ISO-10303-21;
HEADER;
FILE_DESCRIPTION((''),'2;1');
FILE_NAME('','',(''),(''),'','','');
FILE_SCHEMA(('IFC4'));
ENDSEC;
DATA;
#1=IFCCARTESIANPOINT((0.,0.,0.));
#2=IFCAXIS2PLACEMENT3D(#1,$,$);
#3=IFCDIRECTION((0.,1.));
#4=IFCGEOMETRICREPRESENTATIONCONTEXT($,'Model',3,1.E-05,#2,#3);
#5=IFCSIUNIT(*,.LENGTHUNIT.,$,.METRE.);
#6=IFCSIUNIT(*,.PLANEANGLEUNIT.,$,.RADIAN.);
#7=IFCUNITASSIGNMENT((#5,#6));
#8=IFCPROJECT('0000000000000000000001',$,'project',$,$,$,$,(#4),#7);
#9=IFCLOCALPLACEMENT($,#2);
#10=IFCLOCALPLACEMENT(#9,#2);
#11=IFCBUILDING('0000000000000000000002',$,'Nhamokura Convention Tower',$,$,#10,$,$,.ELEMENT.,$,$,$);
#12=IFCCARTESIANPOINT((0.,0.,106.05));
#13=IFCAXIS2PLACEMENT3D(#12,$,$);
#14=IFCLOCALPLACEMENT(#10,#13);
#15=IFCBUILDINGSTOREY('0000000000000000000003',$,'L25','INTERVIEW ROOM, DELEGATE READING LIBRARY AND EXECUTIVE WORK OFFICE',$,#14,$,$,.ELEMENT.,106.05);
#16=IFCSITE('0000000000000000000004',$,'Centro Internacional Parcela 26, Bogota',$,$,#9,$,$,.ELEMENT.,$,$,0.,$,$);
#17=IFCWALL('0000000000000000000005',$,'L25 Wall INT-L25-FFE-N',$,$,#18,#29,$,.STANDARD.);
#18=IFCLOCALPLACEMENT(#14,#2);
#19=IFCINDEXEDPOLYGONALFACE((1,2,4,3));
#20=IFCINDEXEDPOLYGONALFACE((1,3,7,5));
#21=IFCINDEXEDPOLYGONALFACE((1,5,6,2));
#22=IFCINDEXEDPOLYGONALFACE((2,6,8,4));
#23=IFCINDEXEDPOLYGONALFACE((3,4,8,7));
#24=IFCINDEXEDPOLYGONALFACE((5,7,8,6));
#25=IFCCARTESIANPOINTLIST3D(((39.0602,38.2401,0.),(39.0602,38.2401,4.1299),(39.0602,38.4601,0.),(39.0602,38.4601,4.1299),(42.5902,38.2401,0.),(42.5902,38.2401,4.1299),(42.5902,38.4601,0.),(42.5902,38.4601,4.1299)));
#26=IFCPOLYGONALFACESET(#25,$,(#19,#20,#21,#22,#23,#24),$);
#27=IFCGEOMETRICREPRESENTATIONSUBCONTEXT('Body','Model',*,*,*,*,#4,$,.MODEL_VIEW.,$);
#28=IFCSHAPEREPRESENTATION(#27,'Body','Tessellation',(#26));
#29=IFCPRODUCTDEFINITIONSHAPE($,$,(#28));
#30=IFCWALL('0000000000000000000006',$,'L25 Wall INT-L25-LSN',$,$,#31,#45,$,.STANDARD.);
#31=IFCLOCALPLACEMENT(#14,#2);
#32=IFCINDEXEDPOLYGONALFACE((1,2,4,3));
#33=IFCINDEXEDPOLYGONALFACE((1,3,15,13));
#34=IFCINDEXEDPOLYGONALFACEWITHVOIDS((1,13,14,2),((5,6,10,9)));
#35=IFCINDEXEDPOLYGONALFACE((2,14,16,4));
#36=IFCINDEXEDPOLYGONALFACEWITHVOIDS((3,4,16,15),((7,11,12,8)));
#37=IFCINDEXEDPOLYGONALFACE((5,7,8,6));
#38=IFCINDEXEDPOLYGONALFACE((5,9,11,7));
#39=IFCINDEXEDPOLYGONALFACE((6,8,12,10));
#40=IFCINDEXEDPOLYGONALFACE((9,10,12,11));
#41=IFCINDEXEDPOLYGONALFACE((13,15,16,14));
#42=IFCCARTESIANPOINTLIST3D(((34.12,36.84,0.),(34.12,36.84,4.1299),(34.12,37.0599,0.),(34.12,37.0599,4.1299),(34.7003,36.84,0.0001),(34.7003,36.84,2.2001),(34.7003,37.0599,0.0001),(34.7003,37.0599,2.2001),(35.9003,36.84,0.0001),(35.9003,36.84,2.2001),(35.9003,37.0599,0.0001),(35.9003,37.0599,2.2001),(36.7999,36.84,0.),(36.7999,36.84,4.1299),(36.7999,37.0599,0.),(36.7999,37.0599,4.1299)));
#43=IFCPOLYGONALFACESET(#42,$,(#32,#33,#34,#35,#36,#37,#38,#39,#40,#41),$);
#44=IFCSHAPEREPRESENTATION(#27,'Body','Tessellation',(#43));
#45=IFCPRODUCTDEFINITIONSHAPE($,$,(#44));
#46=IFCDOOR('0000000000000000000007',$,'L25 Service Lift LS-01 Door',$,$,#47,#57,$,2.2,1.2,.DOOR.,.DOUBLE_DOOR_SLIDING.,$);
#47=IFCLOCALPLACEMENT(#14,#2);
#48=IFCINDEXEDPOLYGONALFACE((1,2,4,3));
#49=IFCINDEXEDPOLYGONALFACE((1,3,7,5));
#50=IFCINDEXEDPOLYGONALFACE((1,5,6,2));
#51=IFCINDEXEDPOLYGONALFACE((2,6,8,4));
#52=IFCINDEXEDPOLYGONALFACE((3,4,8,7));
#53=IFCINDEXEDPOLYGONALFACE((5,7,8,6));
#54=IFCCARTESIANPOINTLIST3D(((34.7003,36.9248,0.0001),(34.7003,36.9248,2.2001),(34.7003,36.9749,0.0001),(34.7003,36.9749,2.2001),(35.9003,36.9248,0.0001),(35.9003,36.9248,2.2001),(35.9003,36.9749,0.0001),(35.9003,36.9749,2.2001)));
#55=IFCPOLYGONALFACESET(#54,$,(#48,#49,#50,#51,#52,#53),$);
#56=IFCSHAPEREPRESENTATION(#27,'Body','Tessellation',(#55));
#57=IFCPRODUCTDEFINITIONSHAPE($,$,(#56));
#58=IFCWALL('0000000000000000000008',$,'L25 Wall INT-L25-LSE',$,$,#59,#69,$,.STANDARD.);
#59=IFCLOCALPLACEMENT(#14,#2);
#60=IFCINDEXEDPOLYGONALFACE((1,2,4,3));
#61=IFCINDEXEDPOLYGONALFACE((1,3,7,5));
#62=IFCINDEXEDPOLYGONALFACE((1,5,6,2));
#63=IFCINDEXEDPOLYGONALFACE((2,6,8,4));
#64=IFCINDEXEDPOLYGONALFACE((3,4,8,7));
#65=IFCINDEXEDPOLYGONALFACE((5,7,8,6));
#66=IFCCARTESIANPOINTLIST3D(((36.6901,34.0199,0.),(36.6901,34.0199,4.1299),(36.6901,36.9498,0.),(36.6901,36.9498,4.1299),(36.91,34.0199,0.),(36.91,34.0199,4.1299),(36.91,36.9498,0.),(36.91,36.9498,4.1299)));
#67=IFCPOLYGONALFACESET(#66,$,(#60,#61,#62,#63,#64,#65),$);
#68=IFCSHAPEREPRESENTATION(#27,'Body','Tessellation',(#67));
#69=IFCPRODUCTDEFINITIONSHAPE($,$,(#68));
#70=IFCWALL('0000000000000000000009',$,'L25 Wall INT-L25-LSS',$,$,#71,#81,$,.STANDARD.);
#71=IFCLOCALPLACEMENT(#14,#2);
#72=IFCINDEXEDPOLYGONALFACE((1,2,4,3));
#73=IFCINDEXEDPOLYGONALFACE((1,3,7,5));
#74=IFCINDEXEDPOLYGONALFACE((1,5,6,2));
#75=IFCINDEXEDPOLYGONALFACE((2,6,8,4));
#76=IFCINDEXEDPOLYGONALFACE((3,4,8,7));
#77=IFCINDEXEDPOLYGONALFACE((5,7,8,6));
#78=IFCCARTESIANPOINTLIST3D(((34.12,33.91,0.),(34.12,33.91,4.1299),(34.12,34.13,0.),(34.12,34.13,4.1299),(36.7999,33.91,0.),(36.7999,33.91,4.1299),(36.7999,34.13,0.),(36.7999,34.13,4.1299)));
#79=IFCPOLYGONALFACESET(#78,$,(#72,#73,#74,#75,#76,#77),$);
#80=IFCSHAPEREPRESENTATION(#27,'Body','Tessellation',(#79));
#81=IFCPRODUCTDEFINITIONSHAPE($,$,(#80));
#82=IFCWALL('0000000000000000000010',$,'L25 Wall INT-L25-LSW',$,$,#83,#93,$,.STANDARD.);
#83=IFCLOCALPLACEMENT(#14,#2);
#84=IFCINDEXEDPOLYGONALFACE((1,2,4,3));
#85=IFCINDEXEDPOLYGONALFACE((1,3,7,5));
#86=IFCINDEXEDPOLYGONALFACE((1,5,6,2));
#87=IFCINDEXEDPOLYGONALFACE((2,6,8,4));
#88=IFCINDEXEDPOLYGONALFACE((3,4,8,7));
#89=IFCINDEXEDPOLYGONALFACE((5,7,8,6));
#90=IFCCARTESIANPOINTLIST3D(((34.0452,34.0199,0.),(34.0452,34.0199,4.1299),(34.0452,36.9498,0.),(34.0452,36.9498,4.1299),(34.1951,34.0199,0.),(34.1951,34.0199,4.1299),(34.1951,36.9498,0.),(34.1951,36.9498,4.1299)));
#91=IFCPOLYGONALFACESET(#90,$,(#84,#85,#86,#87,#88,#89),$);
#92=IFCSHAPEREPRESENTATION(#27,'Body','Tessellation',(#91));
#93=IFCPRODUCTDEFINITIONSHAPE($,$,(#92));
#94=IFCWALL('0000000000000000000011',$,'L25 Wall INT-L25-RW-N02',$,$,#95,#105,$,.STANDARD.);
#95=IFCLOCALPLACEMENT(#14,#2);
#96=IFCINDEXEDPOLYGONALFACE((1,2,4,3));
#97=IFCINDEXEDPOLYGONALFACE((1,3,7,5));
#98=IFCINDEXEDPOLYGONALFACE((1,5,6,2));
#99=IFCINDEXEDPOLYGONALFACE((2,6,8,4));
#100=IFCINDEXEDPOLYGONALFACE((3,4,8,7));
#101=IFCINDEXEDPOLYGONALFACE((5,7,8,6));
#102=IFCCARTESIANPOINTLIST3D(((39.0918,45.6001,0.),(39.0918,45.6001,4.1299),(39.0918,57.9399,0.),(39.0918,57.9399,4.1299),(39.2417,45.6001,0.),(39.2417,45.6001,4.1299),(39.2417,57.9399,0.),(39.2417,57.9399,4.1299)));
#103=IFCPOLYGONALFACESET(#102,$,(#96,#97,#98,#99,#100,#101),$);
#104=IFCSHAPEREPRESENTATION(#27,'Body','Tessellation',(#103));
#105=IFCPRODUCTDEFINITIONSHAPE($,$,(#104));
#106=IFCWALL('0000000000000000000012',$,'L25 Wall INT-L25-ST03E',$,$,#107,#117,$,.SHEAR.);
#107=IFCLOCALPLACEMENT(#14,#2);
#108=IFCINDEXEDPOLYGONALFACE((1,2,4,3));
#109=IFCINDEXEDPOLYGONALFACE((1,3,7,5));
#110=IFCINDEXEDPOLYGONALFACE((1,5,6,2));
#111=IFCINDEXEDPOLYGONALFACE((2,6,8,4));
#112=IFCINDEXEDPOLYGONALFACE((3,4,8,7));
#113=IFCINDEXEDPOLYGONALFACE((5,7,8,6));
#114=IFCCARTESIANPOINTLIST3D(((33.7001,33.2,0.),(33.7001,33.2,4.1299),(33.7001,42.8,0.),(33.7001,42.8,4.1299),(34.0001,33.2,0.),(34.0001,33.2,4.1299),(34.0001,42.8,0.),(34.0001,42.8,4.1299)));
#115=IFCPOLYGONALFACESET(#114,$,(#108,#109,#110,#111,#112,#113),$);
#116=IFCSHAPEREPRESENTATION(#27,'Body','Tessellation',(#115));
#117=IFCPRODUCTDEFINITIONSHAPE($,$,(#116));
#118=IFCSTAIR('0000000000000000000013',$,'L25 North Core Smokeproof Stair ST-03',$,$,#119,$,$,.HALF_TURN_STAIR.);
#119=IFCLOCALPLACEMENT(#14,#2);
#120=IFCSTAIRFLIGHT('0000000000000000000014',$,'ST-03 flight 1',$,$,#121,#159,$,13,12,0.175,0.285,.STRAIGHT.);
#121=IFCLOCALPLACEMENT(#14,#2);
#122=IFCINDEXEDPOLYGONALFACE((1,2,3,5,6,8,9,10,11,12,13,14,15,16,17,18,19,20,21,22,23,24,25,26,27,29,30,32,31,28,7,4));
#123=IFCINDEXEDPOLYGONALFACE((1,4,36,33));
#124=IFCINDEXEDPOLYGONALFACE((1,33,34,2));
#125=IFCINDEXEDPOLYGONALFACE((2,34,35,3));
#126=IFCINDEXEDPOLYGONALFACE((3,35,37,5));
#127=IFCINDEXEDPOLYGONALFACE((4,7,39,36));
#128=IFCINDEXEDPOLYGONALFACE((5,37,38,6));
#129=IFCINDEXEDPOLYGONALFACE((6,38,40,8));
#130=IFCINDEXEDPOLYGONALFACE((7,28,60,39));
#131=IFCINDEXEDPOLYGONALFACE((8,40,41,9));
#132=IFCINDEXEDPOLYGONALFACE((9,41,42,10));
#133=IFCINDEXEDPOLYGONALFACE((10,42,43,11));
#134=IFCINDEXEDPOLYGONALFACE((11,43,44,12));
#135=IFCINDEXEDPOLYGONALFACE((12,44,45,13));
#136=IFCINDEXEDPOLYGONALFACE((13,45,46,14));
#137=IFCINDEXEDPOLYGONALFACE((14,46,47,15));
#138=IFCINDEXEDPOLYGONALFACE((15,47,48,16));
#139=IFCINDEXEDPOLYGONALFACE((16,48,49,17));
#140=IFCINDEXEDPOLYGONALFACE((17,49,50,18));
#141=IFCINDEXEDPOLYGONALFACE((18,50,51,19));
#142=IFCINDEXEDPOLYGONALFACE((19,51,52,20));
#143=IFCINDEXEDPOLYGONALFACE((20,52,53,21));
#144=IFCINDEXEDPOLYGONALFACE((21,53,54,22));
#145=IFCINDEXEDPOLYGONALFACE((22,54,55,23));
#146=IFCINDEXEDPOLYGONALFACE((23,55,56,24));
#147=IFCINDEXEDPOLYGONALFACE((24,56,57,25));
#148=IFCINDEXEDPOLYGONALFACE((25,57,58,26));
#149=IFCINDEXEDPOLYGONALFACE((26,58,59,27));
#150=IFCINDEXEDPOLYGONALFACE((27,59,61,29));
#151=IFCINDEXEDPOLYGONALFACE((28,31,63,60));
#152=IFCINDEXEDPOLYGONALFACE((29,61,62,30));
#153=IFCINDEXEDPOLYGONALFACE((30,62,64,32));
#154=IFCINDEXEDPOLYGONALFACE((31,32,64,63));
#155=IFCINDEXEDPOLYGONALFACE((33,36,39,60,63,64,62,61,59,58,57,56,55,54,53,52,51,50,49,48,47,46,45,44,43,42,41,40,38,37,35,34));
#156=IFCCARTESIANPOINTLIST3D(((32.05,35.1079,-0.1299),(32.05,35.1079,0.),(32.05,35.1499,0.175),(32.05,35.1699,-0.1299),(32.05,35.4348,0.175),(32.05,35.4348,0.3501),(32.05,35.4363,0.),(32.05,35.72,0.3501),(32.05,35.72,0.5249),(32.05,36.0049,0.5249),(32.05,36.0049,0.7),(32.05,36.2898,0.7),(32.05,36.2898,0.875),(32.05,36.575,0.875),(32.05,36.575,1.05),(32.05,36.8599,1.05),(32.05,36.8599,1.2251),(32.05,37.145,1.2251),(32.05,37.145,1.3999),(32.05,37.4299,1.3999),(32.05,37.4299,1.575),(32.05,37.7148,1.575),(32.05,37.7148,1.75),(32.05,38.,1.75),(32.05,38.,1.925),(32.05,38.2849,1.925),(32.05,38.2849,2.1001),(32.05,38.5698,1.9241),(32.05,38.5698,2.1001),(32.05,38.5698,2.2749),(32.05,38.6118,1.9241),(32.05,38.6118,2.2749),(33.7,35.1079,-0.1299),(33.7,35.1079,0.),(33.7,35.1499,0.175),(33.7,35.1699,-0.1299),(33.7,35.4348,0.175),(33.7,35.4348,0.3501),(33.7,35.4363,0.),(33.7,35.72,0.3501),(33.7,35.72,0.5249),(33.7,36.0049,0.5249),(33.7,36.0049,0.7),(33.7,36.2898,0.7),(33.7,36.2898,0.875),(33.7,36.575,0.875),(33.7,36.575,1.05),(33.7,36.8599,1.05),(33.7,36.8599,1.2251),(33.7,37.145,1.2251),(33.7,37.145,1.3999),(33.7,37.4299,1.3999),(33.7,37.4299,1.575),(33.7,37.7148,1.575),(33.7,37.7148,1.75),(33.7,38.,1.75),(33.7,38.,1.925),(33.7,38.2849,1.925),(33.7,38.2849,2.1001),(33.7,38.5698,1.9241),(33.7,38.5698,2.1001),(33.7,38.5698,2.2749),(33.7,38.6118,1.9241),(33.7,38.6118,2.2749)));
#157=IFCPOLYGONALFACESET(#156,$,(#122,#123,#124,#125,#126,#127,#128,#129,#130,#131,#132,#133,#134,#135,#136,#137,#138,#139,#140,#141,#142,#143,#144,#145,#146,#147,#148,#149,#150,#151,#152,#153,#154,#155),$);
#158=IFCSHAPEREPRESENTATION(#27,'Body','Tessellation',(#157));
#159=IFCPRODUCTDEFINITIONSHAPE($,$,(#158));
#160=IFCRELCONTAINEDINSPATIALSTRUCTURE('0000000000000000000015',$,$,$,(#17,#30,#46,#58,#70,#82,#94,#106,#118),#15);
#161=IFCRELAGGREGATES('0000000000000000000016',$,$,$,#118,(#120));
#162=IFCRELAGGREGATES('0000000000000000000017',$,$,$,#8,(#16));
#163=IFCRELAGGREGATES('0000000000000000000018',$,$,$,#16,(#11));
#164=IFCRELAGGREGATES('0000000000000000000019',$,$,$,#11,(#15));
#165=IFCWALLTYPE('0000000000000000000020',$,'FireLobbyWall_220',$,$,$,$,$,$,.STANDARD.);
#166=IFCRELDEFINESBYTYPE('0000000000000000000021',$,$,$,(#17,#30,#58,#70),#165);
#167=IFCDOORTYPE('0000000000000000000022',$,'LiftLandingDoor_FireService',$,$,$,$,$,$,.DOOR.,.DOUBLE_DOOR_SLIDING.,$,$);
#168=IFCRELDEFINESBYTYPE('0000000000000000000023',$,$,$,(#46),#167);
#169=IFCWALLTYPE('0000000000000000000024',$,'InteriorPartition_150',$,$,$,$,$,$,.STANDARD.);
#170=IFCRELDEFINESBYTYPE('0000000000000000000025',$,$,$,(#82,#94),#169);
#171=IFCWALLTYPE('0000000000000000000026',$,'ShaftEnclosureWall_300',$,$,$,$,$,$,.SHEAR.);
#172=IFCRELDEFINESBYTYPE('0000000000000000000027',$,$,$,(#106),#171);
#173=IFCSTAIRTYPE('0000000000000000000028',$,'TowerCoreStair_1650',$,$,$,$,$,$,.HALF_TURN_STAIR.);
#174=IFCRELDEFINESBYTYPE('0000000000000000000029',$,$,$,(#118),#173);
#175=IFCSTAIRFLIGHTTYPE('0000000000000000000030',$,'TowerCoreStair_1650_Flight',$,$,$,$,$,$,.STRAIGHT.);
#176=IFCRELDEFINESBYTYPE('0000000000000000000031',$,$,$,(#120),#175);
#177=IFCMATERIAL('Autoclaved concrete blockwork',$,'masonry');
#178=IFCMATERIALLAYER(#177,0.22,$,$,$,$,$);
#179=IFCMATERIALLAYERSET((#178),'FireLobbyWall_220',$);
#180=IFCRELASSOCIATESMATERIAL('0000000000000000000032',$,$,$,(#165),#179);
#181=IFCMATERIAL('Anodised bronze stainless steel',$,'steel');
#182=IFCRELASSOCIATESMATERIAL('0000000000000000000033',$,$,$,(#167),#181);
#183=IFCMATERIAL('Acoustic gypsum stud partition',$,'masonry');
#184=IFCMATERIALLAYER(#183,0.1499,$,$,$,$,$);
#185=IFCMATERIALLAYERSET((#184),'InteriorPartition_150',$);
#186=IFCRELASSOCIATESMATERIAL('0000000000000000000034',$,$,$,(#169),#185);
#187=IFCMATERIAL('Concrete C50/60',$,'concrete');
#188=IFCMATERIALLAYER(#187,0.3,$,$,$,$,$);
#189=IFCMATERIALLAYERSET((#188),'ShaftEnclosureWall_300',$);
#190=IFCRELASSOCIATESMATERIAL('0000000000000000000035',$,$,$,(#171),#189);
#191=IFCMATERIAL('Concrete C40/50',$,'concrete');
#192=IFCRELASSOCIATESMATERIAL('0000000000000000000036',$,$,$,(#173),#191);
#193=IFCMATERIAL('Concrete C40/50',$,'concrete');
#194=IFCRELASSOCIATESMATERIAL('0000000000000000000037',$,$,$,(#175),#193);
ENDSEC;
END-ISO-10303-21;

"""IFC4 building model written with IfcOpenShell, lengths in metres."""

from ifc_helpers import new_model, si_unit, direction, frame, frame_2d, origin, place, context, subcontext, project, spatial, polyline, rectangle, outline, extrude, material, layer, layer_set, type_object, element, fill, aggregate, save


model = new_model("IFC4")

# Units and contexts
model_context = context("Model", 3, precision=1e-05, world=origin(), true_north=direction((0.0, 1.0)))
body_context = subcontext(model_context, "Body", "Model", "MODEL_VIEW")
ifc_project = project(units=[si_unit("LENGTHUNIT", "METRE"), si_unit("PLANEANGLEUNIT", "RADIAN")], contexts=[model_context])

# Site, building, storey
site_placement = place(None, origin())
site = spatial("IfcSite", under=ifc_project, at=site_placement, Name="Centro Internacional Parcela 26, Bogota", CompositionType="ELEMENT", RefElevation=0.0)
building_placement = place(site_placement, origin())
building = spatial("IfcBuilding", under=site, at=building_placement, Name="Nhamokura Convention Tower", CompositionType="ELEMENT")
storey_placement = place(building_placement, frame((0.0, 0.0, 106.05)))
storey = spatial("IfcBuildingStorey", under=building, at=storey_placement, Name="L25", Description="INTERVIEW ROOM, DELEGATE READING LIBRARY AND EXECUTIVE WORK OFFICE", CompositionType="ELEMENT", Elevation=106.05)

# Shared definitions
ifc_material_1 = material(Name="Autoclaved concrete blockwork", Category="masonry")
ifc_layer_1 = layer(ifc_material_1, 0.22)
ifc_layer_set_1 = layer_set([ifc_layer_1], Name="FireLobbyWall_220")
wall_type_1 = type_object("IfcWallType", Name="FireLobbyWall_220", PredefinedType="STANDARD", material=ifc_layer_set_1)
ifc_material_2 = material(Name="Anodised bronze stainless steel", Category="steel")
door_type_1 = type_object("IfcDoorType", Name="LiftLandingDoor_FireService", OperationType="DOUBLE_DOOR_SLIDING", PredefinedType="DOOR", material=ifc_material_2)

# Wall
wall_1_placement = place(storey_placement, frame((39.0601, 38.3501, 0.0), z_axis=(0.0, 0.0, 1.0), x_axis=(1.0, 0.0, 0.0)))
element("IfcWall", 1, at=wall_1_placement, inside=storey, type_object=wall_type_1, Name="L25 Wall INT-L25-FFE-N", PredefinedType="STANDARD", context=body_context, shape_type="SweptSolid", body=[
    extrude(rectangle(XDim=3.53, YDim=0.22, at=frame_2d((1.7651, 0.0))), origin(), (0.0, 0.0, 1.0), 4.1299),
])

# Wall, opening, door
wall_2_placement = place(storey_placement, frame((34.1201, 36.95, 0.0), z_axis=(0.0, 0.0, 1.0), x_axis=(1.0, 0.0, 0.0)))
wall_2 = element("IfcWall", 2, at=wall_2_placement, inside=storey, type_object=wall_type_1, Name="L25 Wall INT-L25-LSN", PredefinedType="STANDARD", context=body_context, shape_type="SweptSolid", body=[
    extrude(rectangle(XDim=2.6799, YDim=0.22, at=frame_2d((1.3398, 0.0))), origin(), (0.0, 0.0, 1.0), 4.1299),
])
opening_1_placement = place(wall_2_placement, frame((0.5801, 0.0, 0.0)))
opening_1 = element("IfcOpeningElement", 3, at=opening_1_placement, cuts=wall_2, PredefinedType="OPENING", context=body_context, shape_type="SweptSolid", body=[
    extrude(rectangle(XDim=1.2, YDim=2.2, at=frame_2d((0.6001, 1.1001))), frame((0.0, 0.1199, 0.0), z_axis=(0.0, -1.0, 0.0), x_axis=(1.0, 0.0, 0.0)), (0.0, 0.0, 1.0), 0.24),
])
door_1_placement = place(opening_1_placement, origin())
door_1 = element("IfcDoor", 4, at=door_1_placement, inside=storey, type_object=door_type_1, Name="L25 Service Lift LS-01 Door", OperationType="DOUBLE_DOOR_SLIDING", OverallHeight=2.2, OverallWidth=1.2, PredefinedType="DOOR", context=body_context, shape_type="SweptSolid", body=[
    extrude(rectangle(XDim=1.2, YDim=2.2, at=frame_2d((0.6001, 1.1001))), frame((0.0, 0.0249, 0.0), z_axis=(0.0, -1.0, 0.0), x_axis=(1.0, 0.0, 0.0)), (0.0, 0.0, 1.0), 0.05),
])
fill(opening_1, door_1)

# Walls
wall_3_placement = place(storey_placement, frame((36.8, 34.02, 0.0), z_axis=(0.0, 0.0, 1.0), x_axis=(0.0, 1.0, 0.0)))
element("IfcWall", 5, at=wall_3_placement, inside=storey, type_object=wall_type_1, Name="L25 Wall INT-L25-LSE", PredefinedType="STANDARD", context=body_context, shape_type="SweptSolid", body=[
    extrude(rectangle(XDim=2.9299, YDim=0.22, at=frame_2d((1.4648, 0.0))), origin(), (0.0, 0.0, 1.0), 4.1299),
])
wall_4_placement = place(storey_placement, frame((34.1201, 34.02, 0.0), z_axis=(0.0, 0.0, 1.0), x_axis=(1.0, 0.0, 0.0)))
element("IfcWall", 6, at=wall_4_placement, inside=storey, type_object=wall_type_1, Name="L25 Wall INT-L25-LSS", PredefinedType="STANDARD", context=body_context, shape_type="SweptSolid", body=[
    extrude(rectangle(XDim=2.6799, YDim=0.22, at=frame_2d((1.3398, 0.0))), origin(), (0.0, 0.0, 1.0), 4.1299),
])
ifc_material_3 = material(Name="Acoustic gypsum stud partition", Category="masonry")
ifc_layer_2 = layer(ifc_material_3, 0.1499)
ifc_layer_set_2 = layer_set([ifc_layer_2], Name="InteriorPartition_150")
wall_type_2 = type_object("IfcWallType", Name="InteriorPartition_150", PredefinedType="STANDARD", material=ifc_layer_set_2)
wall_5_placement = place(storey_placement, frame((34.1201, 34.02, 0.0), z_axis=(0.0, 0.0, 1.0), x_axis=(0.0, 1.0, 0.0)))
element("IfcWall", 7, at=wall_5_placement, inside=storey, type_object=wall_type_2, Name="L25 Wall INT-L25-LSW", PredefinedType="STANDARD", context=body_context, shape_type="SweptSolid", body=[
    extrude(rectangle(XDim=2.9299, YDim=0.1499, at=frame_2d((1.4648, 0.0))), origin(), (0.0, 0.0, 1.0), 4.1299),
])
wall_6_placement = place(storey_placement, frame((39.1667, 45.6001, 0.0), z_axis=(0.0, 0.0, 1.0), x_axis=(0.0, 1.0, 0.0)))
element("IfcWall", 8, at=wall_6_placement, inside=storey, type_object=wall_type_2, Name="L25 Wall INT-L25-RW-N02", PredefinedType="STANDARD", context=body_context, shape_type="SweptSolid", body=[
    extrude(rectangle(XDim=12.3398, YDim=0.1499, at=frame_2d((6.1699, 0.0))), origin(), (0.0, 0.0, 1.0), 4.1299),
])
ifc_material_4 = material(Name="Concrete C50/60", Category="concrete")
ifc_layer_3 = layer(ifc_material_4, 0.3)
ifc_layer_set_3 = layer_set([ifc_layer_3], Name="ShaftEnclosureWall_300")
wall_type_3 = type_object("IfcWallType", Name="ShaftEnclosureWall_300", PredefinedType="SHEAR", material=ifc_layer_set_3)
wall_7_placement = place(storey_placement, frame((33.8501, 33.2, 0.0), z_axis=(0.0, 0.0, 1.0), x_axis=(0.0, 1.0, 0.0)))
element("IfcWall", 9, at=wall_7_placement, inside=storey, type_object=wall_type_3, Name="L25 Wall INT-L25-ST03E", PredefinedType="SHEAR", context=body_context, shape_type="SweptSolid", body=[
    extrude(rectangle(XDim=9.6001, YDim=0.3, at=frame_2d((4.8, 0.0))), origin(), (0.0, 0.0, 1.0), 4.1299),
])

# Stair, stair flight
ifc_material_5 = material(Name="Concrete C40/50", Category="concrete")
stair_type = type_object("IfcStairType", Name="TowerCoreStair_1650", PredefinedType="HALF_TURN_STAIR", material=ifc_material_5)
stair_placement = place(storey_placement, origin())
stair = element("IfcStair", 10, at=stair_placement, inside=storey, type_object=stair_type, Name="L25 North Core Smokeproof Stair ST-03", PredefinedType="HALF_TURN_STAIR")
ifc_material_6 = material(Name="Concrete C40/50", Category="concrete")
stair_flight_type = type_object("IfcStairFlightType", Name="TowerCoreStair_1650_Flight", PredefinedType="STRAIGHT", material=ifc_material_6)
stair_flight_1_placement = place(storey_placement, frame((32.875, 35.1499, 0.0), z_axis=(0.0, 0.0, 1.0), x_axis=(0.0, 1.0, 0.0)))
stair_flight_1 = element("IfcStairFlight", 11, at=stair_flight_1_placement, type_object=stair_flight_type, Name="ST-03 flight 1", NumberOfRisers=13, NumberOfTreads=12, PredefinedType="STRAIGHT", RiserHeight=0.175, TreadLength=0.285, context=body_context, shape_type="SweptSolid", body=[
    extrude(outline(polyline([(-0.042, 0.0), (0.0, 0.175), (0.2849, 0.175), (0.2849, 0.3501), (0.5701, 0.3501), (0.5701, 0.5249), (0.855, 0.5249), (0.855, 0.7), (1.1399, 0.7), (1.1399, 0.875), (1.425, 0.875), (1.425, 1.05), (1.71, 1.05), (1.71, 1.2251), (1.9951, 1.2251), (1.9951, 1.3999), (2.28, 1.3999), (2.28, 1.575), (2.5649, 1.575), (2.5649, 1.75), (2.8501, 1.75), (2.8501, 1.925), (3.135, 1.925), (3.135, 2.1001), (3.4199, 2.1001), (3.4199, 2.2749), (3.4619, 2.2749), (3.4619, 1.9241), (3.4199, 1.9241), (0.2864, 0.0), (0.02, -0.1299), (-0.042, -0.1299), (-0.042, 0.0)])), frame((0.0, 0.825, 0.0), z_axis=(0.0, -1.0, 0.0), x_axis=(1.0, 0.0, 0.0)), (0.0, 0.0, 1.0), 1.6499),
])
aggregate(stair, [stair_flight_1])

save(model, "model.ifc")
